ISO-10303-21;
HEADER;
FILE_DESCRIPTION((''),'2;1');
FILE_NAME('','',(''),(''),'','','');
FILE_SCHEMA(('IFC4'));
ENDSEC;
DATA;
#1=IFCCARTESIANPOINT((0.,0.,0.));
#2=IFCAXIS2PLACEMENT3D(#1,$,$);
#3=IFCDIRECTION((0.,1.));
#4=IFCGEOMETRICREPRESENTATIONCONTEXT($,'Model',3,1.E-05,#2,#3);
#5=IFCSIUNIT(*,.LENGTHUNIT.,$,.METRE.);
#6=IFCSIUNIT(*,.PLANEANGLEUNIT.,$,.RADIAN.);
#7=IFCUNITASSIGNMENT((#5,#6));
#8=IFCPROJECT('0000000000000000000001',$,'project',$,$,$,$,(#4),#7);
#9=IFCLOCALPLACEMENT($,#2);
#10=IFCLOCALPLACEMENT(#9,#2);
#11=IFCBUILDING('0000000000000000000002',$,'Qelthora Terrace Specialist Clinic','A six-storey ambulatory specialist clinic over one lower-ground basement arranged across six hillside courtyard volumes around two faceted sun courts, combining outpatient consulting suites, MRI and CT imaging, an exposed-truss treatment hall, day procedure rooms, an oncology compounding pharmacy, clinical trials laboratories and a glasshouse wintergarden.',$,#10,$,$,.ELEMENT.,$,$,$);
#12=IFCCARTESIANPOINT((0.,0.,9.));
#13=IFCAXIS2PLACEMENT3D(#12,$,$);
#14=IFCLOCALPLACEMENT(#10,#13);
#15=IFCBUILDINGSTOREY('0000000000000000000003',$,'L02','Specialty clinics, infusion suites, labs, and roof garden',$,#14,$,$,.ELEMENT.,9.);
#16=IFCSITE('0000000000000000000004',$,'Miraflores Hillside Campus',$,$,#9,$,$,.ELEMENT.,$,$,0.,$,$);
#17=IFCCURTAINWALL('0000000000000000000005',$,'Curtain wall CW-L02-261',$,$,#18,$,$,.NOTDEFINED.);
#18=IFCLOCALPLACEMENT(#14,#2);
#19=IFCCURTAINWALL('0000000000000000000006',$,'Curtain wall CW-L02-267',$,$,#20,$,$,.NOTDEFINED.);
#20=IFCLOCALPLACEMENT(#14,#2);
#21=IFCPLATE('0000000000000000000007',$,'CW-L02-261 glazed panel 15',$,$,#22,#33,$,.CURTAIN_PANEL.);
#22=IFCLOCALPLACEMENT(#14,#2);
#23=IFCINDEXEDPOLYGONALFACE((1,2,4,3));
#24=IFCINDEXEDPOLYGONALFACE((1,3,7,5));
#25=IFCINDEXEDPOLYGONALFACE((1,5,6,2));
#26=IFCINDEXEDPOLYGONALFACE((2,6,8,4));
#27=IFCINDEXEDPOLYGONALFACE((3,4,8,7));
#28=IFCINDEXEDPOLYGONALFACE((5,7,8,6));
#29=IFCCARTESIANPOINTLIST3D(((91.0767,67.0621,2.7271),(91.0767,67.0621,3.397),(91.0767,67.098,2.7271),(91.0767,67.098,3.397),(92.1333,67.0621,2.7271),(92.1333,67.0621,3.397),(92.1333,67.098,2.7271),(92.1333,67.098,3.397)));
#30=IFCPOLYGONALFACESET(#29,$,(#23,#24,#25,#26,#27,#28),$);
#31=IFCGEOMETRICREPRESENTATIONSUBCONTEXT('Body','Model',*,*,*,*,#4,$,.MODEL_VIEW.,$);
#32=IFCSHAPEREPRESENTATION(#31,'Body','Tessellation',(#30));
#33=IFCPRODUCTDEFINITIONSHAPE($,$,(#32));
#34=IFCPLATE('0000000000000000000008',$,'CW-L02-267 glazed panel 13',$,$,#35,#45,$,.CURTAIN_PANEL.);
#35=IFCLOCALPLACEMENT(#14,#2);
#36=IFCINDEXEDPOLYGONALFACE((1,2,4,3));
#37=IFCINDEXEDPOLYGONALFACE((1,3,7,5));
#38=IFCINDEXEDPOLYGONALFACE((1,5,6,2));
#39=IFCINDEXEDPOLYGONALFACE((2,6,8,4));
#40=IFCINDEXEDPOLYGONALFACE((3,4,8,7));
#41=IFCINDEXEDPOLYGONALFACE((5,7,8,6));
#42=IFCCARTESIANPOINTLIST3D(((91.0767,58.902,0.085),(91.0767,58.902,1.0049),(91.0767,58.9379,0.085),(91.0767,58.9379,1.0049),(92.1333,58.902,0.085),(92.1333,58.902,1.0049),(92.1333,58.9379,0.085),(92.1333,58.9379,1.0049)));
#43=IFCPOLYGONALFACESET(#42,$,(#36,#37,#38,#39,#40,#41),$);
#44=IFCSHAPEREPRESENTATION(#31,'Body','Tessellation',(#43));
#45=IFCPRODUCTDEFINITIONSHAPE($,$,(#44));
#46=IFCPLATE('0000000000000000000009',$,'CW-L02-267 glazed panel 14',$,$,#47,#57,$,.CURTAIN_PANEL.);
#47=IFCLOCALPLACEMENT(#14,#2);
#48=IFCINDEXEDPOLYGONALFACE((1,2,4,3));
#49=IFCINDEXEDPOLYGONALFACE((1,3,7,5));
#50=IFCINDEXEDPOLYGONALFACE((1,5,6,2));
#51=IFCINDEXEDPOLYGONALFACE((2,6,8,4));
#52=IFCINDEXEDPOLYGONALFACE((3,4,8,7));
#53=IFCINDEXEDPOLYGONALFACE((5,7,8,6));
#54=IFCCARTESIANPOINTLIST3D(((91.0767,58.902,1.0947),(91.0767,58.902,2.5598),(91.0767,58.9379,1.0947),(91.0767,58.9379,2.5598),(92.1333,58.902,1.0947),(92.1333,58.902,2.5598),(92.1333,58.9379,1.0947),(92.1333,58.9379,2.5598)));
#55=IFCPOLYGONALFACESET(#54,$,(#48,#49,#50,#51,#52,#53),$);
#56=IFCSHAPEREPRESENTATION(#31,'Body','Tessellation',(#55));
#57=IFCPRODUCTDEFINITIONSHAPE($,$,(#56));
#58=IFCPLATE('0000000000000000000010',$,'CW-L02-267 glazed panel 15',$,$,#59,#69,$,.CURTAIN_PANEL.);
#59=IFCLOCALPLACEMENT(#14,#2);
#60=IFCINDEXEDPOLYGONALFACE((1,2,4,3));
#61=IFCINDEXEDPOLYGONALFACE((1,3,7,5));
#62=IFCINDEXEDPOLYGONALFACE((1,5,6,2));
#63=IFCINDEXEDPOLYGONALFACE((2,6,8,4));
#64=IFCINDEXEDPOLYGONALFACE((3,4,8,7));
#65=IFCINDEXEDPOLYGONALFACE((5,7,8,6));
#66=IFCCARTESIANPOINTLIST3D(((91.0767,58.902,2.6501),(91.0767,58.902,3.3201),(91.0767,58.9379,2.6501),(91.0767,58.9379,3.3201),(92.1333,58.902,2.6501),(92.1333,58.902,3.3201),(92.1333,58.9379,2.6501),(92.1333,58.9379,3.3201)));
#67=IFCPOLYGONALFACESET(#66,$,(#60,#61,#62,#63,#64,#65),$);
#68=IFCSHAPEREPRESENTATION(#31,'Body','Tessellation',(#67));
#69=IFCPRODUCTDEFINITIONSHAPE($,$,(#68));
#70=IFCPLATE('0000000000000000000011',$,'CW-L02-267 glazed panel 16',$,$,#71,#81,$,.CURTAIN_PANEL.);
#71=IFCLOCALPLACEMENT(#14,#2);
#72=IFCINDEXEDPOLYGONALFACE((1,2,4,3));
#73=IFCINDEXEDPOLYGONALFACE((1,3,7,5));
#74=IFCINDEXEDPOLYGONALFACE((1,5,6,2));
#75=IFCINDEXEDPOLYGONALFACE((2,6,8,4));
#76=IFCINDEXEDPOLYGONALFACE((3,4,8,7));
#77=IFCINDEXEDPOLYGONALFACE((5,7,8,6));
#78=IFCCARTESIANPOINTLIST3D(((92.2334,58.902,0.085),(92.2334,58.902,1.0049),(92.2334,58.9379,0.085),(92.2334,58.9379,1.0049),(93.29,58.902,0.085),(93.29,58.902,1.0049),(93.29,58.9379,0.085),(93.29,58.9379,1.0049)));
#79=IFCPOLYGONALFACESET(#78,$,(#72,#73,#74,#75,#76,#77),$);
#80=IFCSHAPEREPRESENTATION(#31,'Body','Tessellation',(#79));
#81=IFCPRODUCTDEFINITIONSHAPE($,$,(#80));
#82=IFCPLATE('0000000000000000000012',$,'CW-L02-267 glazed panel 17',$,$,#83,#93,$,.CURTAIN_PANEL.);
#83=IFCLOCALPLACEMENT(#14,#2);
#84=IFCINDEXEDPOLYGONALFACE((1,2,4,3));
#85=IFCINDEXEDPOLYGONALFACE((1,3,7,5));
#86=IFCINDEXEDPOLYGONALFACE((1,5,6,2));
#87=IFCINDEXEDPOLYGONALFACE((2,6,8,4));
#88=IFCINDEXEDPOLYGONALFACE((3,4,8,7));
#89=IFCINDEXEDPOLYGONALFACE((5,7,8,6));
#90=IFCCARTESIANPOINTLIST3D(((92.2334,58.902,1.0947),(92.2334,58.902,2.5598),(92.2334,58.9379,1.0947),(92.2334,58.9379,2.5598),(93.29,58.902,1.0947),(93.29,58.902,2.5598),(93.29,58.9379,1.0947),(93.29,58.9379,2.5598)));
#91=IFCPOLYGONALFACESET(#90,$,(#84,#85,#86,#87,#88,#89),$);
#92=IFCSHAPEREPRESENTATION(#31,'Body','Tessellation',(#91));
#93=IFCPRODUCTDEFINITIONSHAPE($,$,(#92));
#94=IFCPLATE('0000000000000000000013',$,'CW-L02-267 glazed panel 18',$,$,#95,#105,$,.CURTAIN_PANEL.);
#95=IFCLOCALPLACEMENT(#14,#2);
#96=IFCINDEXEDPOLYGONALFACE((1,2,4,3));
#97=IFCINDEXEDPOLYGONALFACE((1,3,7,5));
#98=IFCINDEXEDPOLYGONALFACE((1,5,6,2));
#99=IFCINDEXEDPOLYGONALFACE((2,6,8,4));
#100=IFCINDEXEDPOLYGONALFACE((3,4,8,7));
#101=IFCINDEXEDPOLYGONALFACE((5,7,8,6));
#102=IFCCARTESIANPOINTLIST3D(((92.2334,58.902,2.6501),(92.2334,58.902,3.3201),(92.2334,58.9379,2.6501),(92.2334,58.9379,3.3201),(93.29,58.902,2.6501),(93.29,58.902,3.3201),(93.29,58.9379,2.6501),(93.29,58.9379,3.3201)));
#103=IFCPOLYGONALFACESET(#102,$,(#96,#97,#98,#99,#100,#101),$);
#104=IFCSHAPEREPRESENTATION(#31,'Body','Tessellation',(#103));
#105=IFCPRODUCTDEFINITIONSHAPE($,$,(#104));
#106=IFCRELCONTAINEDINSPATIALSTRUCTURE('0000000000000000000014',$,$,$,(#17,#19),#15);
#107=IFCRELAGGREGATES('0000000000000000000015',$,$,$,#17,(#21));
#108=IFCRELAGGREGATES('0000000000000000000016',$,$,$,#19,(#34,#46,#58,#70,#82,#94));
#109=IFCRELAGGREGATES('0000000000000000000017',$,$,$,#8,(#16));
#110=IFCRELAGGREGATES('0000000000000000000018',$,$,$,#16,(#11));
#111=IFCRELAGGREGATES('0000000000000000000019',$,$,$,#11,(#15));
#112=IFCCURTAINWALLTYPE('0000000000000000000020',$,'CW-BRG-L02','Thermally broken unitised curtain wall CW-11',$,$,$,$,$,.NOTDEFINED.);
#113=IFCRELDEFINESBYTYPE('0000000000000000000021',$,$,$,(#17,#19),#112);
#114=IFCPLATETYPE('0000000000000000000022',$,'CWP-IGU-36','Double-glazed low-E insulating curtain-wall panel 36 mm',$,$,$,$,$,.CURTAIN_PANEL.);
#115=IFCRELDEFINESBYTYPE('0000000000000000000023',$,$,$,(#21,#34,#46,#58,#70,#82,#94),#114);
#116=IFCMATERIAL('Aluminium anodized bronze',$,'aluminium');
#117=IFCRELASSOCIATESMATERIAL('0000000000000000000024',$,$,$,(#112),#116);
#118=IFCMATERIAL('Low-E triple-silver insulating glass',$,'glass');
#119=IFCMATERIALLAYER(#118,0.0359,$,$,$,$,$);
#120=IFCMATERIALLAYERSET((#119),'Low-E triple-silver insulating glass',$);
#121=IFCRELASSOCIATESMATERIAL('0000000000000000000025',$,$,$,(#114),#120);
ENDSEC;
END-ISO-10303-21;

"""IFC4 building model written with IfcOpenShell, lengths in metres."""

from ifc_helpers import new_model, si_unit, direction, frame, origin, origin_2d, place, context, subcontext, project, spatial, rectangle, extrude, material, layer, layer_set, type_object, element, aggregate, save


model = new_model("IFC4")

# Units and contexts
model_context = context("Model", 3, precision=1e-05, world=origin(), true_north=direction((0.0, 1.0)))
body_context = subcontext(model_context, "Body", "Model", "MODEL_VIEW")
ifc_project = project(units=[si_unit("LENGTHUNIT", "METRE"), si_unit("PLANEANGLEUNIT", "RADIAN")], contexts=[model_context])

# Site, building, storey
site_placement = place(None, origin())
site = spatial("IfcSite", under=ifc_project, at=site_placement, Name="Miraflores Hillside Campus", CompositionType="ELEMENT", RefElevation=0.0)
building_placement = place(site_placement, origin())
building = spatial("IfcBuilding", under=site, at=building_placement, Name="Qelthora Terrace Specialist Clinic", Description="A six-storey ambulatory specialist clinic over one lower-ground basement arranged across six hillside courtyard volumes around two faceted sun courts, combining outpatient consulting suites, MRI and CT imaging, an exposed-truss treatment hall, day procedure rooms, an oncology compounding pharmacy, clinical trials laboratories and a glasshouse wintergarden.", CompositionType="ELEMENT")
storey_placement = place(building_placement, frame((0.0, 0.0, 9.0)))
storey = spatial("IfcBuildingStorey", under=building, at=storey_placement, Name="L02", Description="Specialty clinics, infusion suites, labs, and roof garden", CompositionType="ELEMENT", Elevation=9.0)

# Curtain wall
ifc_material_1 = material(Name="Aluminium anodized bronze", Category="aluminium")
curtain_wall_type = type_object("IfcCurtainWallType", Name="CW-BRG-L02", Description="Thermally broken unitised curtain wall CW-11", PredefinedType="NOTDEFINED", material=ifc_material_1)
curtain_wall_1_placement = place(storey_placement, origin())
curtain_wall_1 = element("IfcCurtainWall", 1, at=curtain_wall_1_placement, inside=storey, type_object=curtain_wall_type, Name="Curtain wall CW-L02-261", PredefinedType="NOTDEFINED")

# Curtain wall
curtain_wall_2_placement = place(storey_placement, origin())
curtain_wall_2 = element("IfcCurtainWall", 2, at=curtain_wall_2_placement, inside=storey, type_object=curtain_wall_type, Name="Curtain wall CW-L02-267", PredefinedType="NOTDEFINED")

# Plates
ifc_material_2 = material(Name="Low-E triple-silver insulating glass", Category="glass")
ifc_layer = layer(ifc_material_2, 0.0359)
ifc_layer_set = layer_set([ifc_layer], Name="Low-E triple-silver insulating glass")
plate_type = type_object("IfcPlateType", Name="CWP-IGU-36", Description="Double-glazed low-E insulating curtain-wall panel 36 mm", PredefinedType="CURTAIN_PANEL", material=ifc_layer_set)
plate_1_placement = place(storey_placement, frame((91.605, 67.0801, 2.7271), z_axis=(0.0, 0.0, 1.0), x_axis=(1.0, 0.0, 0.0)))
plate_1 = element("IfcPlate", 3, at=plate_1_placement, type_object=plate_type, Name="CW-L02-261 glazed panel 15", PredefinedType="CURTAIN_PANEL", context=body_context, shape_type="SweptSolid", body=[
    extrude(rectangle(XDim=1.0566, YDim=0.0359, at=origin_2d()), origin(), (0.0, 0.0, 1.0), 0.6699),
])
aggregate(curtain_wall_1, [plate_1])
plate_2_placement = place(storey_placement, frame((91.605, 58.9199, 0.085), z_axis=(0.0, 0.0, 1.0), x_axis=(1.0, 0.0, 0.0)))
plate_2 = element("IfcPlate", 4, at=plate_2_placement, type_object=plate_type, Name="CW-L02-267 glazed panel 13", PredefinedType="CURTAIN_PANEL", context=body_context, shape_type="SweptSolid", body=[
    extrude(rectangle(XDim=1.0566, YDim=0.0359, at=origin_2d()), origin(), (0.0, 0.0, 1.0), 0.9199),
])
plate_3_placement = place(storey_placement, frame((91.605, 58.9199, 1.0947), z_axis=(0.0, 0.0, 1.0), x_axis=(1.0, 0.0, 0.0)))
plate_3 = element("IfcPlate", 5, at=plate_3_placement, type_object=plate_type, Name="CW-L02-267 glazed panel 14", PredefinedType="CURTAIN_PANEL", context=body_context, shape_type="SweptSolid", body=[
    extrude(rectangle(XDim=1.0566, YDim=0.0359, at=origin_2d()), origin(), (0.0, 0.0, 1.0), 1.4651),
])
plate_4_placement = place(storey_placement, frame((91.605, 58.9199, 2.6501), z_axis=(0.0, 0.0, 1.0), x_axis=(1.0, 0.0, 0.0)))
plate_4 = element("IfcPlate", 6, at=plate_4_placement, type_object=plate_type, Name="CW-L02-267 glazed panel 15", PredefinedType="CURTAIN_PANEL", context=body_context, shape_type="SweptSolid", body=[
    extrude(rectangle(XDim=1.0566, YDim=0.0359, at=origin_2d()), origin(), (0.0, 0.0, 1.0), 0.6699),
])
plate_5_placement = place(storey_placement, frame((92.7617, 58.9199, 0.085), z_axis=(0.0, 0.0, 1.0), x_axis=(1.0, 0.0, 0.0)))
plate_5 = element("IfcPlate", 7, at=plate_5_placement, type_object=plate_type, Name="CW-L02-267 glazed panel 16", PredefinedType="CURTAIN_PANEL", context=body_context, shape_type="SweptSolid", body=[
    extrude(rectangle(XDim=1.0566, YDim=0.0359, at=origin_2d()), origin(), (0.0, 0.0, 1.0), 0.9199),
])
plate_6_placement = place(storey_placement, frame((92.7617, 58.9199, 1.0947), z_axis=(0.0, 0.0, 1.0), x_axis=(1.0, 0.0, 0.0)))
plate_6 = element("IfcPlate", 8, at=plate_6_placement, type_object=plate_type, Name="CW-L02-267 glazed panel 17", PredefinedType="CURTAIN_PANEL", context=body_context, shape_type="SweptSolid", body=[
    extrude(rectangle(XDim=1.0566, YDim=0.0359, at=origin_2d()), origin(), (0.0, 0.0, 1.0), 1.4651),
])
plate_7_placement = place(storey_placement, frame((92.7617, 58.9199, 2.6501), z_axis=(0.0, 0.0, 1.0), x_axis=(1.0, 0.0, 0.0)))
plate_7 = element("IfcPlate", 9, at=plate_7_placement, type_object=plate_type, Name="CW-L02-267 glazed panel 18", PredefinedType="CURTAIN_PANEL", context=body_context, shape_type="SweptSolid", body=[
    extrude(rectangle(XDim=1.0566, YDim=0.0359, at=origin_2d()), origin(), (0.0, 0.0, 1.0), 0.6699),
])
aggregate(curtain_wall_2, [plate_2, plate_3, plate_4, plate_5, plate_6, plate_7])

save(model, "model.ifc")
